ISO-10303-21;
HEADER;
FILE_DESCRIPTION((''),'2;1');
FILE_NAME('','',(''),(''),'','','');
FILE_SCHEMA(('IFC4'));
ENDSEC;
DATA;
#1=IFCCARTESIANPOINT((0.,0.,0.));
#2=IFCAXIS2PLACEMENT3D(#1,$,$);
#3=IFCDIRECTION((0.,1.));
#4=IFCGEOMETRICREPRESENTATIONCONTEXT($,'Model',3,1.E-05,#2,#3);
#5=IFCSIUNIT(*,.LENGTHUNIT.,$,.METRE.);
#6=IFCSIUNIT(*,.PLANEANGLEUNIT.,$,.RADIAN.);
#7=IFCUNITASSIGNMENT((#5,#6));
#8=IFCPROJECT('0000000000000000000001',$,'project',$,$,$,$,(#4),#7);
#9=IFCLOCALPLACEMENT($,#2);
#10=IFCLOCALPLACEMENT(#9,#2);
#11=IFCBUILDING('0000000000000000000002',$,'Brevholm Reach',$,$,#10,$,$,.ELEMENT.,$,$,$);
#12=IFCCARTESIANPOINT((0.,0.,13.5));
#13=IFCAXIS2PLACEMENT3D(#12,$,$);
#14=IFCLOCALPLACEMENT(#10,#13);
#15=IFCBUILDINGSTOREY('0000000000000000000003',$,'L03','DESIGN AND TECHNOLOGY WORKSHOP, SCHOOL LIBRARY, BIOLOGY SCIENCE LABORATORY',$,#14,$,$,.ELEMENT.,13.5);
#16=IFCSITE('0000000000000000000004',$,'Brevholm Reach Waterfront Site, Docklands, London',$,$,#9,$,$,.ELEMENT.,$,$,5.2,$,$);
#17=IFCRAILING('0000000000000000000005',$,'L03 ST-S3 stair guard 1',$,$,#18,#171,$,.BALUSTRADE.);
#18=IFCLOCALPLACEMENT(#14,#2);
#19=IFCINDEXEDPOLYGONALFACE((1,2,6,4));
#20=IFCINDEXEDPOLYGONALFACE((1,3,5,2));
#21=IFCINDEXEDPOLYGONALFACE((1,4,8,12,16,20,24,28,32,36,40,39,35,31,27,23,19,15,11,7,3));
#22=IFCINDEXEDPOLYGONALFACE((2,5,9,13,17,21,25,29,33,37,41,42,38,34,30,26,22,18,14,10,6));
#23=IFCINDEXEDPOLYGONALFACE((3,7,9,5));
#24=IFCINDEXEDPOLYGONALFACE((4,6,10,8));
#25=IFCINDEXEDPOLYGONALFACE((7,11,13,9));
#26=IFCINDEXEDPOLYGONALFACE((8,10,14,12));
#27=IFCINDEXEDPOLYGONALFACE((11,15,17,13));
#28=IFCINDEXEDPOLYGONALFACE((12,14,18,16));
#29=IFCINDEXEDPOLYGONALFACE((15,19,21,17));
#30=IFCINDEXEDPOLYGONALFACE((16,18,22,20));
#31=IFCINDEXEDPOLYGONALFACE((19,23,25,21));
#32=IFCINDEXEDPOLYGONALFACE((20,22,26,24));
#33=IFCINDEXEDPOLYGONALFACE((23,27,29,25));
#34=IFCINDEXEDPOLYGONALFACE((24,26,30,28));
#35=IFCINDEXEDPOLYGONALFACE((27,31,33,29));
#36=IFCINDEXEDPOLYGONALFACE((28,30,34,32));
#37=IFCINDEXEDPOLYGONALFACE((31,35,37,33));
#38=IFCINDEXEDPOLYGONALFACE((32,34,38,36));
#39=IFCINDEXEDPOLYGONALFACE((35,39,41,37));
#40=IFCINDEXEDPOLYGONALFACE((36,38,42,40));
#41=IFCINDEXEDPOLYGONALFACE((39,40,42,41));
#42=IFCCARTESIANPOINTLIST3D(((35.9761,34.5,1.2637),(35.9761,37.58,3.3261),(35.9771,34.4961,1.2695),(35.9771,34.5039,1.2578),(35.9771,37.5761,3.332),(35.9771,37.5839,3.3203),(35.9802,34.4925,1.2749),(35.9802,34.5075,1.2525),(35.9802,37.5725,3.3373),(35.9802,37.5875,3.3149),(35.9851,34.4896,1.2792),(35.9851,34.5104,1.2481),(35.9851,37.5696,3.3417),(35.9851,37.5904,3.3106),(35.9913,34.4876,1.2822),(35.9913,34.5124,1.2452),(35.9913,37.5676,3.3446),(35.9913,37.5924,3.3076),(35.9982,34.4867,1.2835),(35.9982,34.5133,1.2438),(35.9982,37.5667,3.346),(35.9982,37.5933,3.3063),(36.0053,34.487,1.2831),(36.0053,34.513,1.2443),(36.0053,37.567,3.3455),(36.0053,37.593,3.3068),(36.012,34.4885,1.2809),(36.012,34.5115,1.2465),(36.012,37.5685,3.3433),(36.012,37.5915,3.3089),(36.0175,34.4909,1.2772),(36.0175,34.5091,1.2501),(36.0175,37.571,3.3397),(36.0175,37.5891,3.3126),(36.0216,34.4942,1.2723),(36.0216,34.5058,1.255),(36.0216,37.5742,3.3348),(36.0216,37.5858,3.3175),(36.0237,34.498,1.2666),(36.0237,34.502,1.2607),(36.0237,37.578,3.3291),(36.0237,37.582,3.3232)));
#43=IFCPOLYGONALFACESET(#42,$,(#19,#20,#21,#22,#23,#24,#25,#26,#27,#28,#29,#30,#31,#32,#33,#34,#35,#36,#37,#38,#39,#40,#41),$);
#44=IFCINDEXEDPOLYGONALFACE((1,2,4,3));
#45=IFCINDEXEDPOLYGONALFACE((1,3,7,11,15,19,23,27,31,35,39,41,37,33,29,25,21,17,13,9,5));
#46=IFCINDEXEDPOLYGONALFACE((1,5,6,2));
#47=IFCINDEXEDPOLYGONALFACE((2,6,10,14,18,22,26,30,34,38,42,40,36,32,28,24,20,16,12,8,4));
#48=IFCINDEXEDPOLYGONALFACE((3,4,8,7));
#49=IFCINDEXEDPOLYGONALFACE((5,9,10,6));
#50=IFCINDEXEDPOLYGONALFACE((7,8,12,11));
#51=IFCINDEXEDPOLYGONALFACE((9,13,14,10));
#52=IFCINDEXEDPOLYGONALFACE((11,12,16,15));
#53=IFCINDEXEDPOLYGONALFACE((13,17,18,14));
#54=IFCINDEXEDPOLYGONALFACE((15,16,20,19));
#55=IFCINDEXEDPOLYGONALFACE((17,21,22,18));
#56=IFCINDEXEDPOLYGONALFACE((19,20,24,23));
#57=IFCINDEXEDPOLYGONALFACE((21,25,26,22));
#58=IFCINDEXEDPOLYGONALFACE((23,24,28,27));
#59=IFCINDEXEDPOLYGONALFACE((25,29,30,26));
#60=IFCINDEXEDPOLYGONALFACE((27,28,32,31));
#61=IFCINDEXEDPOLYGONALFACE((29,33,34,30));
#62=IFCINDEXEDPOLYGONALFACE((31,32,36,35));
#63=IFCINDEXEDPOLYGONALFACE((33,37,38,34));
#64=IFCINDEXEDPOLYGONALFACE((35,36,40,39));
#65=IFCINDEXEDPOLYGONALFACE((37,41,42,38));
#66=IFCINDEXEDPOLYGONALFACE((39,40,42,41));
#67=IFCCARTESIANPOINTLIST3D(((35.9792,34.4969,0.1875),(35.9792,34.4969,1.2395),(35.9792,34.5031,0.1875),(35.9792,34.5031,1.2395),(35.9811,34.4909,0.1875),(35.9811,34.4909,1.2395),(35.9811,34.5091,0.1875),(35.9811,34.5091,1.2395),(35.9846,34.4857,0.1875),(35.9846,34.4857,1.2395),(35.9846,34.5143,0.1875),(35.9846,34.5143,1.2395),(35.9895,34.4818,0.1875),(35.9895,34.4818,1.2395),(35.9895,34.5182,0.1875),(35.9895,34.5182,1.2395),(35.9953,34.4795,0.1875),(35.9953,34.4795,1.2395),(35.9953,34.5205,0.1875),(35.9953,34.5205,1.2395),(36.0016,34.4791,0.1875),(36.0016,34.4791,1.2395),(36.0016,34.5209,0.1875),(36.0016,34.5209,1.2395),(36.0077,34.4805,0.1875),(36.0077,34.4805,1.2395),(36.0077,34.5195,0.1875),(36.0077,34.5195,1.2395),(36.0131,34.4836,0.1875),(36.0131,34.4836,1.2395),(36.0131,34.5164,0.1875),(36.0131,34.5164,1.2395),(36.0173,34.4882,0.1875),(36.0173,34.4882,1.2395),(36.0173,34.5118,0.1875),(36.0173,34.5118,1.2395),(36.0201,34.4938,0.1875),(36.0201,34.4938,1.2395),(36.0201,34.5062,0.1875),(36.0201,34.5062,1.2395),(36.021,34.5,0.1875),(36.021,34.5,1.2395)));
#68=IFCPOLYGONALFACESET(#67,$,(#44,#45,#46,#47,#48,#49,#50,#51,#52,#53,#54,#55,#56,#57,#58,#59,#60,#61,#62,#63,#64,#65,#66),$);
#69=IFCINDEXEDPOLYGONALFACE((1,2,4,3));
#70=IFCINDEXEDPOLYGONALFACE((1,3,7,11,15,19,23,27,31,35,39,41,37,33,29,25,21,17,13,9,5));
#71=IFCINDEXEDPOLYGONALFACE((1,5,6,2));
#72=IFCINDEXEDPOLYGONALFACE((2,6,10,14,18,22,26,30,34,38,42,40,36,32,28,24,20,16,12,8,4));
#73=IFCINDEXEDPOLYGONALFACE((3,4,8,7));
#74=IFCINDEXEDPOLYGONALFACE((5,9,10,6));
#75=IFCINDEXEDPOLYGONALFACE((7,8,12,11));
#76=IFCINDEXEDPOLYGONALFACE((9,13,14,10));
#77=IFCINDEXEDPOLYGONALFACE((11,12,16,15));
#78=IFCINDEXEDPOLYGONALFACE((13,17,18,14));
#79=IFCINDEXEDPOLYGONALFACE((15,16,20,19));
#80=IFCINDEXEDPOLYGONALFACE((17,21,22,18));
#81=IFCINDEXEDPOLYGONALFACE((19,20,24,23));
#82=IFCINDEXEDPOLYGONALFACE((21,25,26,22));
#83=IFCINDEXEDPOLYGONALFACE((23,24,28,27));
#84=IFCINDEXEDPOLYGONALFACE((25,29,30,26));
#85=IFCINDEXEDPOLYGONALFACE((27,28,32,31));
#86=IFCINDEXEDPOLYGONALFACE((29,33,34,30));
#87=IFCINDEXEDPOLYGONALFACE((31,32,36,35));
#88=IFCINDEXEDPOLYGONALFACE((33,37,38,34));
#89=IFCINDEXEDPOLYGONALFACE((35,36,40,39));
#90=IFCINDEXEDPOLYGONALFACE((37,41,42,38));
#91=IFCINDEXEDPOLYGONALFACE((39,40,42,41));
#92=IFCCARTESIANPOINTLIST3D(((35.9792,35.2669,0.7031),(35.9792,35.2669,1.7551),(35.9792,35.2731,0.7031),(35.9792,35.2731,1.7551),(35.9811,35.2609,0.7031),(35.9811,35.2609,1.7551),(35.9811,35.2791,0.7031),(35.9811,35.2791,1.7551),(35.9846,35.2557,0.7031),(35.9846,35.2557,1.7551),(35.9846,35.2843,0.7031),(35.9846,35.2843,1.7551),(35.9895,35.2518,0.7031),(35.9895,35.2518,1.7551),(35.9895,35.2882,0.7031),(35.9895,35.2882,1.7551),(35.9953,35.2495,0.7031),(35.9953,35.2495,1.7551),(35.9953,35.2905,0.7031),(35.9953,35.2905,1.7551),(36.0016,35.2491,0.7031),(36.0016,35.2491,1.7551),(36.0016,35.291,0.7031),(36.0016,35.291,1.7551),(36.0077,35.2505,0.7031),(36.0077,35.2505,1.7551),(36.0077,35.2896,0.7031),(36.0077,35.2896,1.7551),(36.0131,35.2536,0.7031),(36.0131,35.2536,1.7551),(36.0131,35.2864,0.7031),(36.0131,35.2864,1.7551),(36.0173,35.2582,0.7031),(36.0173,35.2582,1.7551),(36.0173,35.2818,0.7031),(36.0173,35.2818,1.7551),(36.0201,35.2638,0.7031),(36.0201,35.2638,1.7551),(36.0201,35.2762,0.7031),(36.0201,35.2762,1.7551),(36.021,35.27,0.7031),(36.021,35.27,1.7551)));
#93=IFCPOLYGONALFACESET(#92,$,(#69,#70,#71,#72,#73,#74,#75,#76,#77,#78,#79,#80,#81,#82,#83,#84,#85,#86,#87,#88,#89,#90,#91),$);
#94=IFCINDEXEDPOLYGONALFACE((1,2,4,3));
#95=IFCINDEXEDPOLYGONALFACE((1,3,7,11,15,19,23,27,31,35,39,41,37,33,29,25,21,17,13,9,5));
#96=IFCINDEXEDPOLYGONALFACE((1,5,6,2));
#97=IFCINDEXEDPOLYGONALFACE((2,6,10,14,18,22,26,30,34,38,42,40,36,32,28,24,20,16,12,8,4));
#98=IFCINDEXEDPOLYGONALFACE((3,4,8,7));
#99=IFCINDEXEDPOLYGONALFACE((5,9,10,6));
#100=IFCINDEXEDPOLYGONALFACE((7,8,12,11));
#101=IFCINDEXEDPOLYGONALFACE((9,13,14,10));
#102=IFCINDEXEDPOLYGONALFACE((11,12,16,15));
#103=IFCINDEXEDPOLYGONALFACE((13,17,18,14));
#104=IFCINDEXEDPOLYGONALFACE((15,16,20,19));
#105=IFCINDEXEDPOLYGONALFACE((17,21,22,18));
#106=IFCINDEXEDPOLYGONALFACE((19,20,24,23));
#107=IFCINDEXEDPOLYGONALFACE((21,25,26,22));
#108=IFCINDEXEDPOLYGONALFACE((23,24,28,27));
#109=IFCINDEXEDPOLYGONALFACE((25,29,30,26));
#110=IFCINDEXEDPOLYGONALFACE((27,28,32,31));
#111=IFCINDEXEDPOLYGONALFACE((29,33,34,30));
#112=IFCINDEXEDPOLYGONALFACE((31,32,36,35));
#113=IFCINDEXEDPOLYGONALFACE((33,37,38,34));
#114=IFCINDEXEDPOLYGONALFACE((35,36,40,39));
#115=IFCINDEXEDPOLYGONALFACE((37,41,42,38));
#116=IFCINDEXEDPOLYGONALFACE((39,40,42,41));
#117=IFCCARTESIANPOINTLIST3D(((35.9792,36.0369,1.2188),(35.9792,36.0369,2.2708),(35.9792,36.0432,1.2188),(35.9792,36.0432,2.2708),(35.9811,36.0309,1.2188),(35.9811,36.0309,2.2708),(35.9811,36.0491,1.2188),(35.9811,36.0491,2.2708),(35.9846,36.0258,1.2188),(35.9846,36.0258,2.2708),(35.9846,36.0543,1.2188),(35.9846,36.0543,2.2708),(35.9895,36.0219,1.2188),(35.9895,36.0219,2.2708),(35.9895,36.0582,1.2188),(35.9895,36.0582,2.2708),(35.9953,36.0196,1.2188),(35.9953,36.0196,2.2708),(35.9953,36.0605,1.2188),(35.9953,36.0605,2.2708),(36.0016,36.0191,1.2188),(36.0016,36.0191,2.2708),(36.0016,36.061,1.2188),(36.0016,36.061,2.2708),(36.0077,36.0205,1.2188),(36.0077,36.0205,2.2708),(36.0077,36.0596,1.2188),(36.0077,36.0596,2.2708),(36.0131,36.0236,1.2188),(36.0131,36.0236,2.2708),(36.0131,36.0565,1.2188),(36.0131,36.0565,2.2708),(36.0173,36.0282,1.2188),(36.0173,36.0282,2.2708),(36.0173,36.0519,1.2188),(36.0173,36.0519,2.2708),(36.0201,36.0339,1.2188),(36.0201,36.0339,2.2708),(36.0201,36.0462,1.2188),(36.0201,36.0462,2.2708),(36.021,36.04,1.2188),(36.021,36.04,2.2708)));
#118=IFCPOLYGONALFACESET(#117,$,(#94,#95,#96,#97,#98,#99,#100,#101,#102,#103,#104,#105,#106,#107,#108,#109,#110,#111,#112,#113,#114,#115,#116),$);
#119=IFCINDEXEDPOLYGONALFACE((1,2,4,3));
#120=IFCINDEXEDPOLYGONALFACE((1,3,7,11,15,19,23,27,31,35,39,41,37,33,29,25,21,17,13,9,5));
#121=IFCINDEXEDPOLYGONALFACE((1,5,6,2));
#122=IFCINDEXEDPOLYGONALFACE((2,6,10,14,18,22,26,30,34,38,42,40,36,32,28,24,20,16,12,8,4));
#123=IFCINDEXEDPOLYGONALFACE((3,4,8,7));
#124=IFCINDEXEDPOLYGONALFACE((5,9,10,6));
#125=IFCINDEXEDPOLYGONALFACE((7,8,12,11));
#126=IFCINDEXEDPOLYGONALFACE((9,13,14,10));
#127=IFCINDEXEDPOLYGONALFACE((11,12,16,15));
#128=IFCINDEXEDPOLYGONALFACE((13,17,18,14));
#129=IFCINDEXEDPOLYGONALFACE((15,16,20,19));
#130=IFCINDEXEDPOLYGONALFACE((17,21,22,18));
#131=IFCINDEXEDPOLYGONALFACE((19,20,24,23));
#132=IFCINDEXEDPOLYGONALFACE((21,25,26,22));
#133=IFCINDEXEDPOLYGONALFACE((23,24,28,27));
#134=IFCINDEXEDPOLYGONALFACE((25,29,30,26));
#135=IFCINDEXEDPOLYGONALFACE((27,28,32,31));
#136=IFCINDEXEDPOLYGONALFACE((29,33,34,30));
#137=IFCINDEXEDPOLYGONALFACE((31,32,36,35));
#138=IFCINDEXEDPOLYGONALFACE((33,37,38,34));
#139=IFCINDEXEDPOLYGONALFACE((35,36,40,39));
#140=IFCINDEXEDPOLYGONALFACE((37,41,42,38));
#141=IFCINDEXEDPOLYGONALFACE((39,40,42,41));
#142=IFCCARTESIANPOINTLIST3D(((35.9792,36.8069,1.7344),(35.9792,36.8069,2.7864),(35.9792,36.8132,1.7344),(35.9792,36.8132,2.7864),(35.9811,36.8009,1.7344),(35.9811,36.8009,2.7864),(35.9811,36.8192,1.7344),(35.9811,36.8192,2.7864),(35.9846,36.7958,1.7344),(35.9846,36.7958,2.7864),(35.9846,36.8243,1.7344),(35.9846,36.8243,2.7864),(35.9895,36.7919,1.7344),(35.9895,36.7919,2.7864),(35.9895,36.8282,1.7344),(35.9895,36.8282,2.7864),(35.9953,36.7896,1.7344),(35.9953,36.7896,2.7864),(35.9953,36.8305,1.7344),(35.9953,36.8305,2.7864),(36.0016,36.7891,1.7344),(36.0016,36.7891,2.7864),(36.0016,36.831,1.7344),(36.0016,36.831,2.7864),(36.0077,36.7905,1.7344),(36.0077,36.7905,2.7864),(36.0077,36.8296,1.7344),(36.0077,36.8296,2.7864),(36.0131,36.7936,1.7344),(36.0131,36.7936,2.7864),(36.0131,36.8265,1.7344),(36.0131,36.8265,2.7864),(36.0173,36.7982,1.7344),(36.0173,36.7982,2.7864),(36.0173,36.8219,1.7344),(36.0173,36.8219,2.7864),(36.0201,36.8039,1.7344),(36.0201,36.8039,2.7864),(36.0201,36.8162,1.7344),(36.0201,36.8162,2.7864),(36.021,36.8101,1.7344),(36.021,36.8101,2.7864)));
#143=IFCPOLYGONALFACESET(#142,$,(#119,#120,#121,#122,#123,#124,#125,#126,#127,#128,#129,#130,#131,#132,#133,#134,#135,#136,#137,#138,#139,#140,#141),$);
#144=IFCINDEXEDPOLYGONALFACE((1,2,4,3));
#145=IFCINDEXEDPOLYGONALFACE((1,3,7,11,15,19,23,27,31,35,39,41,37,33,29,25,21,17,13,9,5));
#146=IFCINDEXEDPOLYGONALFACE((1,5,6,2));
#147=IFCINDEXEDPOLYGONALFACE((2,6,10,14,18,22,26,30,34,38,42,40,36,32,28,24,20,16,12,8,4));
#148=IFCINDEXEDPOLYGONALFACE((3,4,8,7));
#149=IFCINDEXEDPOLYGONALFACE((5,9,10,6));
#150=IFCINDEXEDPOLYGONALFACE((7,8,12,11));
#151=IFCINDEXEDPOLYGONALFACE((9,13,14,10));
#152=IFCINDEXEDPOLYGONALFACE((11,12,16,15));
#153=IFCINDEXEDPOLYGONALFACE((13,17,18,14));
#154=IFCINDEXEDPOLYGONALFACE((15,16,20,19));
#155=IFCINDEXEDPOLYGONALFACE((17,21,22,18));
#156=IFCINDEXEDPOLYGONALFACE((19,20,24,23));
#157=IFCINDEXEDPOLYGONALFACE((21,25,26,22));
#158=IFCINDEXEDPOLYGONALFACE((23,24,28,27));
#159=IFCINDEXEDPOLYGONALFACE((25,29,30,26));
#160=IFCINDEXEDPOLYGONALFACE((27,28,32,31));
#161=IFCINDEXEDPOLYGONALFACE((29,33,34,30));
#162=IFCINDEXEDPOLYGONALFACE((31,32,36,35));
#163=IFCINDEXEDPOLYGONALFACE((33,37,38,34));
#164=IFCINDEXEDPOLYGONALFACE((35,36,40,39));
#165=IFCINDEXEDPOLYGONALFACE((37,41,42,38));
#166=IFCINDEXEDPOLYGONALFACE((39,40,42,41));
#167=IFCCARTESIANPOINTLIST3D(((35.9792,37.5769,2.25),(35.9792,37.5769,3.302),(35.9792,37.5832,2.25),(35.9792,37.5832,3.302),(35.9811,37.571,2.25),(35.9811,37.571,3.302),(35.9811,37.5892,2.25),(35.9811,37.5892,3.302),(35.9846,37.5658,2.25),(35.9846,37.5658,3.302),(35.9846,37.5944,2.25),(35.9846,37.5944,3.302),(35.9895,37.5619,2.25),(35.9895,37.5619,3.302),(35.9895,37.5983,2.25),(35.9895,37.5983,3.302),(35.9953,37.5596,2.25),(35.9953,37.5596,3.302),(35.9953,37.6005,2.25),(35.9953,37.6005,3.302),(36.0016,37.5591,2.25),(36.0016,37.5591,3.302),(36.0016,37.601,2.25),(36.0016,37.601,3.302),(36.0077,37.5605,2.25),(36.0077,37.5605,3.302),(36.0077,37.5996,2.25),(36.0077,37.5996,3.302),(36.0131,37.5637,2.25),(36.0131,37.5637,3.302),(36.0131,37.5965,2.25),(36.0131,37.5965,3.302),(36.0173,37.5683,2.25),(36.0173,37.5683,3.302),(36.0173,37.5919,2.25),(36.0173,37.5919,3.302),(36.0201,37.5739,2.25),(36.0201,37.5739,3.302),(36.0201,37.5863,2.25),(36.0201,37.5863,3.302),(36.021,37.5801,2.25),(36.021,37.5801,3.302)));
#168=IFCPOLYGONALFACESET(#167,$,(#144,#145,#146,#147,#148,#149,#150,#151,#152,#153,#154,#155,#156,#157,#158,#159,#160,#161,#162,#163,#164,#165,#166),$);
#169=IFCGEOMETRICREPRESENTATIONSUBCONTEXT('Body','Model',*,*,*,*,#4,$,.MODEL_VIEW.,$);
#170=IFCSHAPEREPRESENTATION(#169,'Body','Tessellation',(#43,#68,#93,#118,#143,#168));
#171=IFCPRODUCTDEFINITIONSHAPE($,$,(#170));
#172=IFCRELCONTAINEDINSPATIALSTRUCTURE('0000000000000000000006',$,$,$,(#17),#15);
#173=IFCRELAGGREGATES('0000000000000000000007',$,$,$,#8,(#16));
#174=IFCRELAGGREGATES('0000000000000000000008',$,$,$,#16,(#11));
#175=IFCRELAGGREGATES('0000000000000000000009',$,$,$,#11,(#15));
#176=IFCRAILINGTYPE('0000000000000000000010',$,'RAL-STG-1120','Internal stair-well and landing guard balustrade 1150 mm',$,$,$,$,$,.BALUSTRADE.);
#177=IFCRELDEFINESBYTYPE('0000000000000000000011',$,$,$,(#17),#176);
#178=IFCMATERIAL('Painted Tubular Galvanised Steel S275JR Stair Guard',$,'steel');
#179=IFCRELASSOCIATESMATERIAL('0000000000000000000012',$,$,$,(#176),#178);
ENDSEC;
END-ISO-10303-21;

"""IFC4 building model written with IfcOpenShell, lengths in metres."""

from ifc_helpers import new_model, si_unit, direction, frame, origin, origin_2d, place, context, subcontext, project, spatial, circle, extrude, material, type_object, element, save


model = new_model("IFC4")

# Units and contexts
model_context = context("Model", 3, precision=1e-05, world=origin(), true_north=direction((0.0, 1.0)))
body_context = subcontext(model_context, "Body", "Model", "MODEL_VIEW")
ifc_project = project(units=[si_unit("LENGTHUNIT", "METRE"), si_unit("PLANEANGLEUNIT", "RADIAN")], contexts=[model_context])

# Site, building, storey
site_placement = place(None, origin())
site = spatial("IfcSite", under=ifc_project, at=site_placement, Name="Brevholm Reach Waterfront Site, Docklands, London", CompositionType="ELEMENT", RefElevation=5.2)
building_placement = place(site_placement, origin())
building = spatial("IfcBuilding", under=site, at=building_placement, Name="Brevholm Reach", CompositionType="ELEMENT")
storey_placement = place(building_placement, frame((0.0, 0.0, 13.5)))
storey = spatial("IfcBuildingStorey", under=building, at=storey_placement, Name="L03", Description="DESIGN AND TECHNOLOGY WORKSHOP, SCHOOL LIBRARY, BIOLOGY SCIENCE LABORATORY", CompositionType="ELEMENT", Elevation=13.5)

# Railing
ifc_material_1 = material(Name="Painted Tubular Galvanised Steel S275JR Stair Guard", Category="steel")
railing_type_1 = type_object("IfcRailingType", Name="RAL-STG-1120", Description="Internal stair-well and landing guard balustrade 1150 mm", PredefinedType="BALUSTRADE", material=ifc_material_1)
railing_1_placement = place(storey_placement, frame((36.0, 34.5, 0.1875)))
element("IfcRailing", 1, at=railing_1_placement, inside=storey, type_object=railing_type_1, Name="L03 ST-S3 stair guard 1", PredefinedType="BALUSTRADE", context=body_context, shape_type="SweptSolid", body=[
    extrude(circle(Radius=0.0239, at=origin_2d()), frame((0.0, 0.0, 1.0762), z_axis=(0.0, 0.830914, 0.556401), x_axis=(-1.0, 0.0, 0.0)), (0.0, 0.0, 1.0), 3.7068),
    extrude(circle(Radius=0.021, at=origin_2d()), origin(), (0.0, 0.0, 1.0), 1.052),
    extrude(circle(Radius=0.021, at=origin_2d()), frame((0.0, 0.77, 0.5156)), (0.0, 0.0, 1.0), 1.052),
    extrude(circle(Radius=0.021, at=origin_2d()), frame((0.0, 1.54, 1.0312)), (0.0, 0.0, 1.0), 1.052),
    extrude(circle(Radius=0.021, at=origin_2d()), frame((0.0, 2.3101, 1.5469)), (0.0, 0.0, 1.0), 1.052),
    extrude(circle(Radius=0.021, at=origin_2d()), frame((0.0, 3.0801, 2.0625)), (0.0, 0.0, 1.0), 1.052),
])

save(model, "model.ifc")
